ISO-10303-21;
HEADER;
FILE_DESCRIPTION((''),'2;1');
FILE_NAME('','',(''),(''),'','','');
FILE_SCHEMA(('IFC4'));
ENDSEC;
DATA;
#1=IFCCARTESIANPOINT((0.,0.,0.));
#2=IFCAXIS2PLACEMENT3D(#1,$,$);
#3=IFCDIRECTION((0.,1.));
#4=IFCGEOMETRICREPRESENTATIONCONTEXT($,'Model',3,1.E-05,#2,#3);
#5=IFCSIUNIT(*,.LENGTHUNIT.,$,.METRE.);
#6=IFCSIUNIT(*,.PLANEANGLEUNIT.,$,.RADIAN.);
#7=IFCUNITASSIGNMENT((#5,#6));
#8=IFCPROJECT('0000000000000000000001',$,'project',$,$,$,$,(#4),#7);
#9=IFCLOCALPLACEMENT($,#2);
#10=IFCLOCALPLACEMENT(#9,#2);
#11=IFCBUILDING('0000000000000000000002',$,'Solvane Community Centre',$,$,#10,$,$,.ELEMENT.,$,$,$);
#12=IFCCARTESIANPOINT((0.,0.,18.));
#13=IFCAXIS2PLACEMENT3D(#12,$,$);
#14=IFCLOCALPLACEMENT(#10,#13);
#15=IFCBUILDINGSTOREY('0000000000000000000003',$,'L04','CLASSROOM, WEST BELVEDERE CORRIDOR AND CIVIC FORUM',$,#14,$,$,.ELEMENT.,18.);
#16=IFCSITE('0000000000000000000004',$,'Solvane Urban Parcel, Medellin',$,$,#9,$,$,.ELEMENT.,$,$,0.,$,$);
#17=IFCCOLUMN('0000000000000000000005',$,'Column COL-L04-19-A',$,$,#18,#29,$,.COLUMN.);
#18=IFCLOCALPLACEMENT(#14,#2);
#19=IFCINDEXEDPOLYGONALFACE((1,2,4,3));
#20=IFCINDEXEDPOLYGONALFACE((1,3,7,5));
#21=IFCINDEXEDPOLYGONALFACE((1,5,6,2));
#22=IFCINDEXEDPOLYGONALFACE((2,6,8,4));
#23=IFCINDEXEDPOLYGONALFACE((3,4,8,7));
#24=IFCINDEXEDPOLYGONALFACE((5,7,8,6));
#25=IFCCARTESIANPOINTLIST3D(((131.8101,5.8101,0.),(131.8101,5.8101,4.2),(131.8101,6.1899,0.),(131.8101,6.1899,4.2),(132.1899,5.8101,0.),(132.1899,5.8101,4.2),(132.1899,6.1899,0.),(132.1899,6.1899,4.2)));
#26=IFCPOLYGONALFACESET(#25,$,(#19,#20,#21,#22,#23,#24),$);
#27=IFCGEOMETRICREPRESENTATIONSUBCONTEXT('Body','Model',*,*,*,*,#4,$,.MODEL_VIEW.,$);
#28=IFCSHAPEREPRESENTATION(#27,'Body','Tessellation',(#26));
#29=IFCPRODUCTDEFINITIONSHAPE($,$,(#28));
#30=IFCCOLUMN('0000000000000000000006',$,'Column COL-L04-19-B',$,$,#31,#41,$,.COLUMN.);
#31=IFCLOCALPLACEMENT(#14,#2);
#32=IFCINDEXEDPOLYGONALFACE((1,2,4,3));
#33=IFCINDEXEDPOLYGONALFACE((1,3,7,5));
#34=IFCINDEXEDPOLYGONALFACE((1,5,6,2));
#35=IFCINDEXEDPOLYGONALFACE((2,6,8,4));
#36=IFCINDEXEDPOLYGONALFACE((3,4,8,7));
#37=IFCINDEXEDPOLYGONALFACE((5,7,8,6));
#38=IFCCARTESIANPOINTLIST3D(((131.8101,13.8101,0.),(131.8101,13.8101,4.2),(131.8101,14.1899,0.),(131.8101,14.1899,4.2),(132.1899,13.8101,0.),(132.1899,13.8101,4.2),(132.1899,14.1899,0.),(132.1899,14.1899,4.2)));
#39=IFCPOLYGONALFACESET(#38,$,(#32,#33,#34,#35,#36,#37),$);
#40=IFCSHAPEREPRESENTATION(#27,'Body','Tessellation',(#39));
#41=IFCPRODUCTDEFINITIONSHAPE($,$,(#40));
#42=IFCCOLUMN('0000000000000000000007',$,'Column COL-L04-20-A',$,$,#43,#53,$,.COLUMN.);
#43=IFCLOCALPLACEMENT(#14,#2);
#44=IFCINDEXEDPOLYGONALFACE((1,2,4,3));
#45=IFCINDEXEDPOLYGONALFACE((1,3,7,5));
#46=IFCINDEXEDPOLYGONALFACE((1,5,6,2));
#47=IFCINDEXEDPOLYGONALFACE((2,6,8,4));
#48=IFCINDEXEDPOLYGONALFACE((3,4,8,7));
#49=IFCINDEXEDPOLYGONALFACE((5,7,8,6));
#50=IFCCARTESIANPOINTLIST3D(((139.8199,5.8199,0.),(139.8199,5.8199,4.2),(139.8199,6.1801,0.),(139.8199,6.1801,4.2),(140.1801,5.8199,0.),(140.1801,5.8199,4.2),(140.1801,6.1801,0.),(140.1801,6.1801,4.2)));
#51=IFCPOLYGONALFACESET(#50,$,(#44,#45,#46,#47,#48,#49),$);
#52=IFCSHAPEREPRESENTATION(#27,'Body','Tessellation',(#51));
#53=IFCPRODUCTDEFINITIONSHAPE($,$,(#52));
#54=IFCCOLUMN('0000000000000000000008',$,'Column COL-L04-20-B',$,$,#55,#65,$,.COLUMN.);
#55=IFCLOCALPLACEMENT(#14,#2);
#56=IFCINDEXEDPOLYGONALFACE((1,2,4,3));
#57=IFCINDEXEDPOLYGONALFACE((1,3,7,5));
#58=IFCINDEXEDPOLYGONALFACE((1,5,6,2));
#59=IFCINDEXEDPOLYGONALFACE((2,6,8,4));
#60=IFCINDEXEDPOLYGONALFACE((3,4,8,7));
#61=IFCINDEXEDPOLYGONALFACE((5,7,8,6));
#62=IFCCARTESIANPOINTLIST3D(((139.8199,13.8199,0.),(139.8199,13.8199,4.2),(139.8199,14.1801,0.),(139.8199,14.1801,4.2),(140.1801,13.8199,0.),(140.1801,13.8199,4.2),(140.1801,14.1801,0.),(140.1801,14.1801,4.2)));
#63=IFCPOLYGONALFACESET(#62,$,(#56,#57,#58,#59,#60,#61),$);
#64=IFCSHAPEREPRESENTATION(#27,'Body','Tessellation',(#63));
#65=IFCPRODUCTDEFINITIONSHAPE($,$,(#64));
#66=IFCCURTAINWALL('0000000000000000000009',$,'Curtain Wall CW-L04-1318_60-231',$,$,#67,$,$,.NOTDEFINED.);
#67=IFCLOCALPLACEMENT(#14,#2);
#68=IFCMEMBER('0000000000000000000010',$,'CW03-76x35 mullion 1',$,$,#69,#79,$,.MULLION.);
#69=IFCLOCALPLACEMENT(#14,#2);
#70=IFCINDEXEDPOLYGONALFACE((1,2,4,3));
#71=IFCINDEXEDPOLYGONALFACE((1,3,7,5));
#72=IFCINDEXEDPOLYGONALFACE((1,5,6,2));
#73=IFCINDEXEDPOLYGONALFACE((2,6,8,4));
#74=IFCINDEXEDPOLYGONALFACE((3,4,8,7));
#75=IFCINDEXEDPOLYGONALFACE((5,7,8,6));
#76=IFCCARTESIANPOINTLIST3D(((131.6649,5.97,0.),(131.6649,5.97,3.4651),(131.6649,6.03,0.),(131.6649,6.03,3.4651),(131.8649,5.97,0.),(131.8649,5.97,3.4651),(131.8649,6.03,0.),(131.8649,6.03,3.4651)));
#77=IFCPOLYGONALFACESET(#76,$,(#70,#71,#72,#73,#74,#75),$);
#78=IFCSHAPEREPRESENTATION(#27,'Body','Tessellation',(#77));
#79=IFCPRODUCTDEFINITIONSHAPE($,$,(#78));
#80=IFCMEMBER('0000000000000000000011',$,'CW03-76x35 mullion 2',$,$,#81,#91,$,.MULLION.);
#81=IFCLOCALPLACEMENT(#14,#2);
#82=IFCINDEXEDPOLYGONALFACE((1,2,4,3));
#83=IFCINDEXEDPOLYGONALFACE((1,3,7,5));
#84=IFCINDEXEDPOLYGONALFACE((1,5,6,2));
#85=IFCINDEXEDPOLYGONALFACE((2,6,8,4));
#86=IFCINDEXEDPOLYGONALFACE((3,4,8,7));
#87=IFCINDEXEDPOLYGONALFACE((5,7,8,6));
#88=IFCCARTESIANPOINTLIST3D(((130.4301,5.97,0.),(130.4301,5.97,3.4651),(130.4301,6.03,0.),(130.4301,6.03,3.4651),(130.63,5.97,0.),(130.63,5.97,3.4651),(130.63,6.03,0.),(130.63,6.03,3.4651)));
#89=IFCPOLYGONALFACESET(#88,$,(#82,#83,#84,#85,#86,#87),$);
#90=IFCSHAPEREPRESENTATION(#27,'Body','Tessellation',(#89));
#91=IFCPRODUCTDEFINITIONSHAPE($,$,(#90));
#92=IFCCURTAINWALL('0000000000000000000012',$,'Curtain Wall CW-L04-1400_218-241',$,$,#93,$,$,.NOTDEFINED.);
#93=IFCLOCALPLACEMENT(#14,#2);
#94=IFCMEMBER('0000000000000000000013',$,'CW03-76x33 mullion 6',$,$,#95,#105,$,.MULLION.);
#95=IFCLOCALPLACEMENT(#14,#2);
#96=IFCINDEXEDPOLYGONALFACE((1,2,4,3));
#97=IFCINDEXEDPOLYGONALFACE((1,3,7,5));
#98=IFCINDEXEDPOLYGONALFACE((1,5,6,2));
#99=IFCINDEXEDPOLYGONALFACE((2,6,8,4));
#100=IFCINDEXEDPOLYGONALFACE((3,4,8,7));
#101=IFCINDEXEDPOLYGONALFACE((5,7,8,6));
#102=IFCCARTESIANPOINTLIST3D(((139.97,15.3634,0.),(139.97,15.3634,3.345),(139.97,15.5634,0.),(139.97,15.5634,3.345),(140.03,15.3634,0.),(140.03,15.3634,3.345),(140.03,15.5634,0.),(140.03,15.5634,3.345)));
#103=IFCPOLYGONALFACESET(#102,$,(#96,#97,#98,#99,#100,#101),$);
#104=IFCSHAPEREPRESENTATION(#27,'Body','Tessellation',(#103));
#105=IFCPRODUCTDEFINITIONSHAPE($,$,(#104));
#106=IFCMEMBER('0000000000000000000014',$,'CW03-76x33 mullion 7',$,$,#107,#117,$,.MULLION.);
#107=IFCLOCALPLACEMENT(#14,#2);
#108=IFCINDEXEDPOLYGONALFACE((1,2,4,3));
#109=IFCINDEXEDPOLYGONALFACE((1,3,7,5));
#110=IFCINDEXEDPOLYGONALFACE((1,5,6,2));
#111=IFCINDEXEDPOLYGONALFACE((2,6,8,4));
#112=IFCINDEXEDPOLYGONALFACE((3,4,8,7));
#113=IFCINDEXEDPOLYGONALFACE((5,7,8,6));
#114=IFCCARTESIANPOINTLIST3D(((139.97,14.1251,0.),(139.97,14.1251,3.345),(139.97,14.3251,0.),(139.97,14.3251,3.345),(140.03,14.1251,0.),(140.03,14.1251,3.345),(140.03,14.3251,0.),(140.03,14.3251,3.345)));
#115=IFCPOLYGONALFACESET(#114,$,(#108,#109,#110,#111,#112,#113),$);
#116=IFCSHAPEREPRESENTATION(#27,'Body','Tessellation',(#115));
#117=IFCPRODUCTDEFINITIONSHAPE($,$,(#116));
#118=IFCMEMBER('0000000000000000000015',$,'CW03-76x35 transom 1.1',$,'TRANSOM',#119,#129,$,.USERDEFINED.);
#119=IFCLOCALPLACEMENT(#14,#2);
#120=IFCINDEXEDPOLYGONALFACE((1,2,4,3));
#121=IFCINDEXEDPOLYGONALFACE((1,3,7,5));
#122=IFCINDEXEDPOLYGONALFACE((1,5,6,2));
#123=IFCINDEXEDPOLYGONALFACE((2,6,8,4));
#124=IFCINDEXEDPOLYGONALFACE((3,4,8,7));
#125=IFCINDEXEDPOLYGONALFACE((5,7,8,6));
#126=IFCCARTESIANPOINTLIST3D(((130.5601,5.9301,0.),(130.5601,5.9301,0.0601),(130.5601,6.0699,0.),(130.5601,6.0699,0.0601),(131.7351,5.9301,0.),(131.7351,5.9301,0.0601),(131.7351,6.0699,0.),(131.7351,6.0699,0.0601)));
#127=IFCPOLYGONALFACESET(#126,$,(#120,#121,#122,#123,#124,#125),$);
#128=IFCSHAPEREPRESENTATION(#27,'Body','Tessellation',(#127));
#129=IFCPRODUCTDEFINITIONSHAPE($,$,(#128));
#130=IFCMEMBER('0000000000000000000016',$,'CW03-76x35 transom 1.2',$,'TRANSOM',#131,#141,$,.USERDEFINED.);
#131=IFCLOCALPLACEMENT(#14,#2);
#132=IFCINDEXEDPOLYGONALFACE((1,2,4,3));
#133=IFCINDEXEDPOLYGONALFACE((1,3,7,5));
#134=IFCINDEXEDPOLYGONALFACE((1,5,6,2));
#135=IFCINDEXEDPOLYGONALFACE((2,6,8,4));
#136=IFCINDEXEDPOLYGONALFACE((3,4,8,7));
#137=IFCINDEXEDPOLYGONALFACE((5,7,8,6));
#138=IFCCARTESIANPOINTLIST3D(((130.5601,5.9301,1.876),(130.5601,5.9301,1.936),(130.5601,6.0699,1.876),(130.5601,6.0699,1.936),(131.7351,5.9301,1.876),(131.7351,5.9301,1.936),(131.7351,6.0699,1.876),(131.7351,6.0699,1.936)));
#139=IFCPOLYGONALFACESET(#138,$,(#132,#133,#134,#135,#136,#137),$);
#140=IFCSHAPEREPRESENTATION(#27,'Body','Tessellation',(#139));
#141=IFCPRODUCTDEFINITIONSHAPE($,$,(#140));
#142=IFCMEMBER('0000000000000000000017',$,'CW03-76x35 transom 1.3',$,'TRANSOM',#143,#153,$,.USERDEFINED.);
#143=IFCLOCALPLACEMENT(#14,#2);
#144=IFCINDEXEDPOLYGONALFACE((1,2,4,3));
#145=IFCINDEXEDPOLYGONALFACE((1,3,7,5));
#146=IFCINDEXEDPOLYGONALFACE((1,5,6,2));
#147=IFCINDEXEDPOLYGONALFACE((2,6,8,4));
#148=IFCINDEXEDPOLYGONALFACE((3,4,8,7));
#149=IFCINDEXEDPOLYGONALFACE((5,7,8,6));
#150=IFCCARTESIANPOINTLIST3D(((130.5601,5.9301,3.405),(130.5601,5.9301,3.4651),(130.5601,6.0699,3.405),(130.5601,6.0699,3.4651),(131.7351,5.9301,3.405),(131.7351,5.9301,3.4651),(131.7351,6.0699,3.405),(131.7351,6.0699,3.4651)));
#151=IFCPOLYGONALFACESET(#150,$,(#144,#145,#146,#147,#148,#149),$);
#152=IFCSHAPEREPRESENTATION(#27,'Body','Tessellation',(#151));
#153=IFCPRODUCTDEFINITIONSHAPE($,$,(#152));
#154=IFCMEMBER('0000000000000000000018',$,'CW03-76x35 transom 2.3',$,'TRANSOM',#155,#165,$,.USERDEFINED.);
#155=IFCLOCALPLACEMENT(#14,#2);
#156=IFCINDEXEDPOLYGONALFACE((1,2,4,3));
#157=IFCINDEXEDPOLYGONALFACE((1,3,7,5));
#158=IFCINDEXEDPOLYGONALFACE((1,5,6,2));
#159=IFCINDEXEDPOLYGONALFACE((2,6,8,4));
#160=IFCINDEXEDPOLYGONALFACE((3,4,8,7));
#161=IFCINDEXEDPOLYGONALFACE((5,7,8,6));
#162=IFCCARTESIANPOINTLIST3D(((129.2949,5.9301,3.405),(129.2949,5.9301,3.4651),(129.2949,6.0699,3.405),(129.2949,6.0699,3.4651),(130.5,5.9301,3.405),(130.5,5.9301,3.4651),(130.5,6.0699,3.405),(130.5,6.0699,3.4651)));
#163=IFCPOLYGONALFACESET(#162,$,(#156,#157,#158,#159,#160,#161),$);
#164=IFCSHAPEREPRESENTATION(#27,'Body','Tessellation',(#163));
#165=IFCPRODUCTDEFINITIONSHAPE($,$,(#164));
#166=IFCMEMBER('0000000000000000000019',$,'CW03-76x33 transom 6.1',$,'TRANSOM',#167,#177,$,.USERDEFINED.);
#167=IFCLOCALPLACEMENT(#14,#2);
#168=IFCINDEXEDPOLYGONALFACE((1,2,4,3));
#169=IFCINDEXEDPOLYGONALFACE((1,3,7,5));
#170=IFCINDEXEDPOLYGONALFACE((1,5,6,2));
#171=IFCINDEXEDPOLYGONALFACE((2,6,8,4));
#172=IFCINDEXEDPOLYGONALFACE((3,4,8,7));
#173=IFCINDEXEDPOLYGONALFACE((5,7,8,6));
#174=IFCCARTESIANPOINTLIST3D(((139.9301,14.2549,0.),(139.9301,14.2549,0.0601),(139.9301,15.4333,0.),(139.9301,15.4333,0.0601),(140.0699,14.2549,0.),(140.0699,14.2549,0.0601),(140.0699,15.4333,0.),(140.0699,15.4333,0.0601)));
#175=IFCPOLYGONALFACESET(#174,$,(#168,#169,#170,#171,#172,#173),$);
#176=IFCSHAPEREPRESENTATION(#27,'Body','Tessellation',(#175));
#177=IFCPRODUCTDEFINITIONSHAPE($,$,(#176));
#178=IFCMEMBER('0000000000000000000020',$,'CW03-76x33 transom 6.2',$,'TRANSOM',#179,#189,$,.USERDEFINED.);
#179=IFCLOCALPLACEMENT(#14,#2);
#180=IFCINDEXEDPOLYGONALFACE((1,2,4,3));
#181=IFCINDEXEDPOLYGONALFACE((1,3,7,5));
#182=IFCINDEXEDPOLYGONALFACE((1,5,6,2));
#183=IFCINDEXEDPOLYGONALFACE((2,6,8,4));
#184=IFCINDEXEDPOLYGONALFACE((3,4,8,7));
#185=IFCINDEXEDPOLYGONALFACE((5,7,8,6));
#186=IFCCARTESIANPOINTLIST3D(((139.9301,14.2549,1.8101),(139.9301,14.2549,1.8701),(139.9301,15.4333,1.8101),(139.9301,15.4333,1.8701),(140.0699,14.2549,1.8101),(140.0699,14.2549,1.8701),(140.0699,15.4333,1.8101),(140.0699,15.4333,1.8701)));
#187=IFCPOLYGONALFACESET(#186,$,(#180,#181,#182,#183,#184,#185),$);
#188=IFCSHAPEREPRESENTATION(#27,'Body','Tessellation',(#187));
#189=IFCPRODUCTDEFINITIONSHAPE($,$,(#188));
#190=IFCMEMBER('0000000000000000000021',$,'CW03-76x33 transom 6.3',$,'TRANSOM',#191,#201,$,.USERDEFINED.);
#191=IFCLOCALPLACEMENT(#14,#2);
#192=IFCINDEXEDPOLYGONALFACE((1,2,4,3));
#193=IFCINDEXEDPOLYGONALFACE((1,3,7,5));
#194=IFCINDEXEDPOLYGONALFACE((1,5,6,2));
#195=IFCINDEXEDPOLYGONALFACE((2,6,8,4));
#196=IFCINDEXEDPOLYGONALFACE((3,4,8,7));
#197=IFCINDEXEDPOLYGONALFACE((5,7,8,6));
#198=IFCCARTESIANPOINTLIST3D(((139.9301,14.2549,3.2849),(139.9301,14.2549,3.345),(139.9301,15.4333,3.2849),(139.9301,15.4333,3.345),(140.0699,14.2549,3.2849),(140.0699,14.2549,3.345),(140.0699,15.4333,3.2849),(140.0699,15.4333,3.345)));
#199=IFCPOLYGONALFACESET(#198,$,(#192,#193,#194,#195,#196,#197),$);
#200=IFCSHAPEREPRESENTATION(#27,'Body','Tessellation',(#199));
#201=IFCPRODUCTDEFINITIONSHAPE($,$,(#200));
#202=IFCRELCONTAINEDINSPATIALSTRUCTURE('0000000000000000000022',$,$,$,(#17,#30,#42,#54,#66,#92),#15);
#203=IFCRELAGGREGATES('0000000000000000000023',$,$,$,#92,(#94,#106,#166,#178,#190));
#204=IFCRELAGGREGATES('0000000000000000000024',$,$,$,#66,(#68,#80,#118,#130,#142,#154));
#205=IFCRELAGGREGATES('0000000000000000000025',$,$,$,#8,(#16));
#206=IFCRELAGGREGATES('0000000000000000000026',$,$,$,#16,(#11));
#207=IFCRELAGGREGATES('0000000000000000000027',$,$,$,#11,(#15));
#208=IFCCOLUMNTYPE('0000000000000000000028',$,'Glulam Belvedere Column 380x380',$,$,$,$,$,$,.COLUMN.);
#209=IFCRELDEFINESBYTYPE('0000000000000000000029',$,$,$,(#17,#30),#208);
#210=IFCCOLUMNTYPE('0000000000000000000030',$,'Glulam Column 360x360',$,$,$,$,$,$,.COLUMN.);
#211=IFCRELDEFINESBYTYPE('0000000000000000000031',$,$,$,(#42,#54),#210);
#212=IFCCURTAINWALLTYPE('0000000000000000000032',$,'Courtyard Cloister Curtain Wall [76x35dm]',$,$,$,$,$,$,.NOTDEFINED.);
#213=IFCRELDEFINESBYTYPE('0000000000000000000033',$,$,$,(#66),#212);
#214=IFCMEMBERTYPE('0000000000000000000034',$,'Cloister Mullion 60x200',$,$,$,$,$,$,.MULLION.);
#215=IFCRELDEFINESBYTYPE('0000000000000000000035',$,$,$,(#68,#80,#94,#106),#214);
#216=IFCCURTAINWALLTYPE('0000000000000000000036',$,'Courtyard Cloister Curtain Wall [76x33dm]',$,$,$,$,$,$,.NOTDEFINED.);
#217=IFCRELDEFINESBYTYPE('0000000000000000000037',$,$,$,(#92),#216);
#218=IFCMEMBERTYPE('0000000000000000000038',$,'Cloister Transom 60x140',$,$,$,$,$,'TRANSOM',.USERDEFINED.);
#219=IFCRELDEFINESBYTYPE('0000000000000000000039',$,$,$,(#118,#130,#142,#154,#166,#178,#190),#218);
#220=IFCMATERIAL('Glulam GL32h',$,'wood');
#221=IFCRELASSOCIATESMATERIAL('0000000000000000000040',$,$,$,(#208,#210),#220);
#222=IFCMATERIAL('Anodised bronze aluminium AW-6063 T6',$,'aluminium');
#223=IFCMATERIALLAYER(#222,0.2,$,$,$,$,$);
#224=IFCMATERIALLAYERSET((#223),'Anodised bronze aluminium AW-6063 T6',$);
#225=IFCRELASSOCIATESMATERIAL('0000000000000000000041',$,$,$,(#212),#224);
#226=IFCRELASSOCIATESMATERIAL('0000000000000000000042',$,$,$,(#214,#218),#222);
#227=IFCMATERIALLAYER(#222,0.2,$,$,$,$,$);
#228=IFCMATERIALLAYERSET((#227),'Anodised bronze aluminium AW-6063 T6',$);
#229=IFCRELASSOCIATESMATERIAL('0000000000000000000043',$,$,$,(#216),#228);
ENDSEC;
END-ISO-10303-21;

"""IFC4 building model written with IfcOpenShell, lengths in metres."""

from ifc_helpers import new_model, si_unit, direction, frame, origin, origin_2d, place, context, subcontext, project, spatial, rectangle, extrude, material, layer, layer_set, material_profile, profile_set, type_object, element, aggregate, save


model = new_model("IFC4")

# Units and contexts
model_context = context("Model", 3, precision=1e-05, world=origin(), true_north=direction((0.0, 1.0)))
body_context = subcontext(model_context, "Body", "Model", "MODEL_VIEW")
ifc_project = project(units=[si_unit("LENGTHUNIT", "METRE"), si_unit("PLANEANGLEUNIT", "RADIAN")], contexts=[model_context])

# Site, building, storey
site_placement = place(None, origin())
site = spatial("IfcSite", under=ifc_project, at=site_placement, Name="Solvane Urban Parcel, Medellin", CompositionType="ELEMENT", RefElevation=0.0)
building_placement = place(site_placement, origin())
building = spatial("IfcBuilding", under=site, at=building_placement, Name="Solvane Community Centre", CompositionType="ELEMENT")
storey_placement = place(building_placement, frame((0.0, 0.0, 18.0)))
storey = spatial("IfcBuildingStorey", under=building, at=storey_placement, Name="L04", Description="CLASSROOM, WEST BELVEDERE CORRIDOR AND CIVIC FORUM", CompositionType="ELEMENT", Elevation=18.0)

# Columns
ifc_material_1 = material(Name="Glulam GL32h", Category="wood")
ifc_material_profile_1 = material_profile(ifc_material_1, rectangle(XDim=0.3799, YDim=0.3799, at=origin_2d()), Name="GL32h 380x380")
ifc_profile_set_1 = profile_set([ifc_material_profile_1], Name="Glulam GL32h")
column_type_1 = type_object("IfcColumnType", Name="Glulam Belvedere Column 380x380", PredefinedType="COLUMN", material=ifc_profile_set_1)
for number, where, z_axis, x_axis, name in (
    (1, (132.0, 6.0, 0.0), (0.0, 0.0, 1.0), (1.0, 0.0, 0.0), "Column COL-L04-19-A"),
    (2, (132.0, 14.0, 0.0), (0.0, 0.0, 1.0), (1.0, 0.0, 0.0), "Column COL-L04-19-B"),
):
    element("IfcColumn", number, at=place(storey_placement, frame(where, z_axis=z_axis, x_axis=x_axis)), inside=storey, type_object=column_type_1, Name=name, PredefinedType="COLUMN", context=body_context, shape_type="SweptSolid", body=[
        extrude(rectangle(XDim=0.3799, YDim=0.3799, at=origin_2d()), origin(), (0.0, 0.0, 1.0), 4.2),
    ])
ifc_material_profile_2 = material_profile(ifc_material_1, rectangle(XDim=0.3601, YDim=0.3601, at=origin_2d()), Name="GL32h 360x360")
ifc_profile_set_2 = profile_set([ifc_material_profile_2], Name="Glulam GL32h")
column_type_2 = type_object("IfcColumnType", Name="Glulam Column 360x360", PredefinedType="COLUMN", material=ifc_profile_set_2)
for number, where, z_axis, x_axis, name in (
    (3, (140.0, 6.0, 0.0), (0.0, 0.0, 1.0), (1.0, 0.0, 0.0), "Column COL-L04-20-A"),
    (4, (140.0, 14.0, 0.0), (0.0, 0.0, 1.0), (1.0, 0.0, 0.0), "Column COL-L04-20-B"),
):
    element("IfcColumn", number, at=place(storey_placement, frame(where, z_axis=z_axis, x_axis=x_axis)), inside=storey, type_object=column_type_2, Name=name, PredefinedType="COLUMN", context=body_context, shape_type="SweptSolid", body=[
        extrude(rectangle(XDim=0.3601, YDim=0.3601, at=origin_2d()), origin(), (0.0, 0.0, 1.0), 4.2),
    ])

# Curtain walls, members
ifc_material_2 = material(Name="Anodised bronze aluminium AW-6063 T6", Category="aluminium")
ifc_layer_1 = layer(ifc_material_2, 0.2)
ifc_layer_set_1 = layer_set([ifc_layer_1], Name="Anodised bronze aluminium AW-6063 T6")
curtain_wall_type_1 = type_object("IfcCurtainWallType", Name="Courtyard Cloister Curtain Wall [76x35dm]", PredefinedType="NOTDEFINED", material=ifc_layer_set_1)
curtain_wall_1_placement = place(storey_placement, origin())
curtain_wall_1 = element("IfcCurtainWall", 5, at=curtain_wall_1_placement, inside=storey, type_object=curtain_wall_type_1, Name="Curtain Wall CW-L04-1318_60-231", PredefinedType="NOTDEFINED")
ifc_material_profile_3 = material_profile(ifc_material_2, rectangle(XDim=0.0601, YDim=0.2, at=origin_2d()), Name="CW-M 60x200")
ifc_profile_set_3 = profile_set([ifc_material_profile_3], Name="Anodised bronze aluminium AW-6063 T6")
member_type_1 = type_object("IfcMemberType", Name="Cloister Mullion 60x200", PredefinedType="MULLION", material=ifc_profile_set_3)
member_1_placement = place(storey_placement, frame((131.7649, 6.0, 0.0), z_axis=(0.0, 0.0, 1.0), x_axis=(0.0, -1.0, 0.0)))
member_1 = element("IfcMember", 6, at=member_1_placement, type_object=member_type_1, Name="CW03-76x35 mullion 1", PredefinedType="MULLION", context=body_context, shape_type="SweptSolid", body=[
    extrude(rectangle(XDim=0.0601, YDim=0.2, at=origin_2d()), origin(), (0.0, 0.0, 1.0), 3.4651),
])
member_2_placement = place(storey_placement, frame((130.53, 6.0, 0.0), z_axis=(0.0, 0.0, 1.0), x_axis=(0.0, -1.0, 0.0)))
member_2 = element("IfcMember", 7, at=member_2_placement, type_object=member_type_1, Name="CW03-76x35 mullion 2", PredefinedType="MULLION", context=body_context, shape_type="SweptSolid", body=[
    extrude(rectangle(XDim=0.0601, YDim=0.2, at=origin_2d()), origin(), (0.0, 0.0, 1.0), 3.4651),
])
ifc_layer_2 = layer(ifc_material_2, 0.2)
ifc_layer_set_2 = layer_set([ifc_layer_2], Name="Anodised bronze aluminium AW-6063 T6")
curtain_wall_type_2 = type_object("IfcCurtainWallType", Name="Courtyard Cloister Curtain Wall [76x33dm]", PredefinedType="NOTDEFINED", material=ifc_layer_set_2)
curtain_wall_2_placement = place(storey_placement, origin())
curtain_wall_2 = element("IfcCurtainWall", 8, at=curtain_wall_2_placement, inside=storey, type_object=curtain_wall_type_2, Name="Curtain Wall CW-L04-1400_218-241", PredefinedType="NOTDEFINED")
member_3_placement = place(storey_placement, frame((140.0, 15.4634, 0.0), z_axis=(0.0, 0.0, 1.0), x_axis=(1.0, 0.0, 0.0)))
member_3 = element("IfcMember", 9, at=member_3_placement, type_object=member_type_1, Name="CW03-76x33 mullion 6", PredefinedType="MULLION", context=body_context, shape_type="SweptSolid", body=[
    extrude(rectangle(XDim=0.0601, YDim=0.2, at=origin_2d()), origin(), (0.0, 0.0, 1.0), 3.345),
])
member_4_placement = place(storey_placement, frame((140.0, 14.2251, 0.0), z_axis=(0.0, 0.0, 1.0), x_axis=(1.0, 0.0, 0.0)))
member_4 = element("IfcMember", 10, at=member_4_placement, type_object=member_type_1, Name="CW03-76x33 mullion 7", PredefinedType="MULLION", context=body_context, shape_type="SweptSolid", body=[
    extrude(rectangle(XDim=0.0601, YDim=0.2, at=origin_2d()), origin(), (0.0, 0.0, 1.0), 3.345),
])

# Members
ifc_material_profile_4 = material_profile(ifc_material_2, rectangle(XDim=0.1399, YDim=0.0601, at=origin_2d()), Name="CW-T 60x140")
ifc_profile_set_4 = profile_set([ifc_material_profile_4], Name="Anodised bronze aluminium AW-6063 T6")
member_type_2 = type_object("IfcMemberType", Name="Cloister Transom 60x140", ElementType="TRANSOM", PredefinedType="USERDEFINED", material=ifc_profile_set_4)
member_5_placement = place(storey_placement, frame((131.7351, 6.0, 0.03), z_axis=(-1.0, 0.0, 0.0), x_axis=(0.0, -1.0, 0.0)))
member_5 = element("IfcMember", 11, at=member_5_placement, type_object=member_type_2, Name="CW03-76x35 transom 1.1", ObjectType="TRANSOM", PredefinedType="USERDEFINED", context=body_context, shape_type="SweptSolid", body=[
    extrude(rectangle(XDim=0.1399, YDim=0.0601, at=origin_2d()), origin(), (0.0, 0.0, 1.0), 1.175),
])
member_6_placement = place(storey_placement, frame((131.7351, 6.0, 1.906), z_axis=(-1.0, 0.0, 0.0), x_axis=(0.0, -1.0, 0.0)))
member_6 = element("IfcMember", 12, at=member_6_placement, type_object=member_type_2, Name="CW03-76x35 transom 1.2", ObjectType="TRANSOM", PredefinedType="USERDEFINED", context=body_context, shape_type="SweptSolid", body=[
    extrude(rectangle(XDim=0.1399, YDim=0.0601, at=origin_2d()), origin(), (0.0, 0.0, 1.0), 1.175),
])
member_7_placement = place(storey_placement, frame((131.7351, 6.0, 3.4351), z_axis=(-1.0, 0.0, 0.0), x_axis=(0.0, -1.0, 0.0)))
member_7 = element("IfcMember", 13, at=member_7_placement, type_object=member_type_2, Name="CW03-76x35 transom 1.3", ObjectType="TRANSOM", PredefinedType="USERDEFINED", context=body_context, shape_type="SweptSolid", body=[
    extrude(rectangle(XDim=0.1399, YDim=0.0601, at=origin_2d()), origin(), (0.0, 0.0, 1.0), 1.175),
])
member_8_placement = place(storey_placement, frame((130.5, 6.0, 3.4351), z_axis=(-1.0, 0.0, 0.0), x_axis=(0.0, -1.0, 0.0)))
member_8 = element("IfcMember", 14, at=member_8_placement, type_object=member_type_2, Name="CW03-76x35 transom 2.3", ObjectType="TRANSOM", PredefinedType="USERDEFINED", context=body_context, shape_type="SweptSolid", body=[
    extrude(rectangle(XDim=0.1399, YDim=0.0601, at=origin_2d()), origin(), (0.0, 0.0, 1.0), 1.2051),
])
member_9_placement = place(storey_placement, frame((140.0, 15.4333, 0.03), z_axis=(0.0, -1.0, 0.0), x_axis=(1.0, 0.0, 0.0)))
member_9 = element("IfcMember", 15, at=member_9_placement, type_object=member_type_2, Name="CW03-76x33 transom 6.1", ObjectType="TRANSOM", PredefinedType="USERDEFINED", context=body_context, shape_type="SweptSolid", body=[
    extrude(rectangle(XDim=0.1399, YDim=0.0601, at=origin_2d()), origin(), (0.0, 0.0, 1.0), 1.1785),
])
member_10_placement = place(storey_placement, frame((140.0, 15.4333, 1.8401), z_axis=(0.0, -1.0, 0.0), x_axis=(1.0, 0.0, 0.0)))
member_10 = element("IfcMember", 16, at=member_10_placement, type_object=member_type_2, Name="CW03-76x33 transom 6.2", ObjectType="TRANSOM", PredefinedType="USERDEFINED", context=body_context, shape_type="SweptSolid", body=[
    extrude(rectangle(XDim=0.1399, YDim=0.0601, at=origin_2d()), origin(), (0.0, 0.0, 1.0), 1.1785),
])
member_11_placement = place(storey_placement, frame((140.0, 15.4333, 3.3149), z_axis=(0.0, -1.0, 0.0), x_axis=(1.0, 0.0, 0.0)))
member_11 = element("IfcMember", 17, at=member_11_placement, type_object=member_type_2, Name="CW03-76x33 transom 6.3", ObjectType="TRANSOM", PredefinedType="USERDEFINED", context=body_context, shape_type="SweptSolid", body=[
    extrude(rectangle(XDim=0.1399, YDim=0.0601, at=origin_2d()), origin(), (0.0, 0.0, 1.0), 1.1785),
])

aggregate(curtain_wall_2, [member_3, member_4, member_9, member_10, member_11])
aggregate(curtain_wall_1, [member_1, member_2, member_5, member_6, member_7, member_8])

save(model, "model.ifc")
